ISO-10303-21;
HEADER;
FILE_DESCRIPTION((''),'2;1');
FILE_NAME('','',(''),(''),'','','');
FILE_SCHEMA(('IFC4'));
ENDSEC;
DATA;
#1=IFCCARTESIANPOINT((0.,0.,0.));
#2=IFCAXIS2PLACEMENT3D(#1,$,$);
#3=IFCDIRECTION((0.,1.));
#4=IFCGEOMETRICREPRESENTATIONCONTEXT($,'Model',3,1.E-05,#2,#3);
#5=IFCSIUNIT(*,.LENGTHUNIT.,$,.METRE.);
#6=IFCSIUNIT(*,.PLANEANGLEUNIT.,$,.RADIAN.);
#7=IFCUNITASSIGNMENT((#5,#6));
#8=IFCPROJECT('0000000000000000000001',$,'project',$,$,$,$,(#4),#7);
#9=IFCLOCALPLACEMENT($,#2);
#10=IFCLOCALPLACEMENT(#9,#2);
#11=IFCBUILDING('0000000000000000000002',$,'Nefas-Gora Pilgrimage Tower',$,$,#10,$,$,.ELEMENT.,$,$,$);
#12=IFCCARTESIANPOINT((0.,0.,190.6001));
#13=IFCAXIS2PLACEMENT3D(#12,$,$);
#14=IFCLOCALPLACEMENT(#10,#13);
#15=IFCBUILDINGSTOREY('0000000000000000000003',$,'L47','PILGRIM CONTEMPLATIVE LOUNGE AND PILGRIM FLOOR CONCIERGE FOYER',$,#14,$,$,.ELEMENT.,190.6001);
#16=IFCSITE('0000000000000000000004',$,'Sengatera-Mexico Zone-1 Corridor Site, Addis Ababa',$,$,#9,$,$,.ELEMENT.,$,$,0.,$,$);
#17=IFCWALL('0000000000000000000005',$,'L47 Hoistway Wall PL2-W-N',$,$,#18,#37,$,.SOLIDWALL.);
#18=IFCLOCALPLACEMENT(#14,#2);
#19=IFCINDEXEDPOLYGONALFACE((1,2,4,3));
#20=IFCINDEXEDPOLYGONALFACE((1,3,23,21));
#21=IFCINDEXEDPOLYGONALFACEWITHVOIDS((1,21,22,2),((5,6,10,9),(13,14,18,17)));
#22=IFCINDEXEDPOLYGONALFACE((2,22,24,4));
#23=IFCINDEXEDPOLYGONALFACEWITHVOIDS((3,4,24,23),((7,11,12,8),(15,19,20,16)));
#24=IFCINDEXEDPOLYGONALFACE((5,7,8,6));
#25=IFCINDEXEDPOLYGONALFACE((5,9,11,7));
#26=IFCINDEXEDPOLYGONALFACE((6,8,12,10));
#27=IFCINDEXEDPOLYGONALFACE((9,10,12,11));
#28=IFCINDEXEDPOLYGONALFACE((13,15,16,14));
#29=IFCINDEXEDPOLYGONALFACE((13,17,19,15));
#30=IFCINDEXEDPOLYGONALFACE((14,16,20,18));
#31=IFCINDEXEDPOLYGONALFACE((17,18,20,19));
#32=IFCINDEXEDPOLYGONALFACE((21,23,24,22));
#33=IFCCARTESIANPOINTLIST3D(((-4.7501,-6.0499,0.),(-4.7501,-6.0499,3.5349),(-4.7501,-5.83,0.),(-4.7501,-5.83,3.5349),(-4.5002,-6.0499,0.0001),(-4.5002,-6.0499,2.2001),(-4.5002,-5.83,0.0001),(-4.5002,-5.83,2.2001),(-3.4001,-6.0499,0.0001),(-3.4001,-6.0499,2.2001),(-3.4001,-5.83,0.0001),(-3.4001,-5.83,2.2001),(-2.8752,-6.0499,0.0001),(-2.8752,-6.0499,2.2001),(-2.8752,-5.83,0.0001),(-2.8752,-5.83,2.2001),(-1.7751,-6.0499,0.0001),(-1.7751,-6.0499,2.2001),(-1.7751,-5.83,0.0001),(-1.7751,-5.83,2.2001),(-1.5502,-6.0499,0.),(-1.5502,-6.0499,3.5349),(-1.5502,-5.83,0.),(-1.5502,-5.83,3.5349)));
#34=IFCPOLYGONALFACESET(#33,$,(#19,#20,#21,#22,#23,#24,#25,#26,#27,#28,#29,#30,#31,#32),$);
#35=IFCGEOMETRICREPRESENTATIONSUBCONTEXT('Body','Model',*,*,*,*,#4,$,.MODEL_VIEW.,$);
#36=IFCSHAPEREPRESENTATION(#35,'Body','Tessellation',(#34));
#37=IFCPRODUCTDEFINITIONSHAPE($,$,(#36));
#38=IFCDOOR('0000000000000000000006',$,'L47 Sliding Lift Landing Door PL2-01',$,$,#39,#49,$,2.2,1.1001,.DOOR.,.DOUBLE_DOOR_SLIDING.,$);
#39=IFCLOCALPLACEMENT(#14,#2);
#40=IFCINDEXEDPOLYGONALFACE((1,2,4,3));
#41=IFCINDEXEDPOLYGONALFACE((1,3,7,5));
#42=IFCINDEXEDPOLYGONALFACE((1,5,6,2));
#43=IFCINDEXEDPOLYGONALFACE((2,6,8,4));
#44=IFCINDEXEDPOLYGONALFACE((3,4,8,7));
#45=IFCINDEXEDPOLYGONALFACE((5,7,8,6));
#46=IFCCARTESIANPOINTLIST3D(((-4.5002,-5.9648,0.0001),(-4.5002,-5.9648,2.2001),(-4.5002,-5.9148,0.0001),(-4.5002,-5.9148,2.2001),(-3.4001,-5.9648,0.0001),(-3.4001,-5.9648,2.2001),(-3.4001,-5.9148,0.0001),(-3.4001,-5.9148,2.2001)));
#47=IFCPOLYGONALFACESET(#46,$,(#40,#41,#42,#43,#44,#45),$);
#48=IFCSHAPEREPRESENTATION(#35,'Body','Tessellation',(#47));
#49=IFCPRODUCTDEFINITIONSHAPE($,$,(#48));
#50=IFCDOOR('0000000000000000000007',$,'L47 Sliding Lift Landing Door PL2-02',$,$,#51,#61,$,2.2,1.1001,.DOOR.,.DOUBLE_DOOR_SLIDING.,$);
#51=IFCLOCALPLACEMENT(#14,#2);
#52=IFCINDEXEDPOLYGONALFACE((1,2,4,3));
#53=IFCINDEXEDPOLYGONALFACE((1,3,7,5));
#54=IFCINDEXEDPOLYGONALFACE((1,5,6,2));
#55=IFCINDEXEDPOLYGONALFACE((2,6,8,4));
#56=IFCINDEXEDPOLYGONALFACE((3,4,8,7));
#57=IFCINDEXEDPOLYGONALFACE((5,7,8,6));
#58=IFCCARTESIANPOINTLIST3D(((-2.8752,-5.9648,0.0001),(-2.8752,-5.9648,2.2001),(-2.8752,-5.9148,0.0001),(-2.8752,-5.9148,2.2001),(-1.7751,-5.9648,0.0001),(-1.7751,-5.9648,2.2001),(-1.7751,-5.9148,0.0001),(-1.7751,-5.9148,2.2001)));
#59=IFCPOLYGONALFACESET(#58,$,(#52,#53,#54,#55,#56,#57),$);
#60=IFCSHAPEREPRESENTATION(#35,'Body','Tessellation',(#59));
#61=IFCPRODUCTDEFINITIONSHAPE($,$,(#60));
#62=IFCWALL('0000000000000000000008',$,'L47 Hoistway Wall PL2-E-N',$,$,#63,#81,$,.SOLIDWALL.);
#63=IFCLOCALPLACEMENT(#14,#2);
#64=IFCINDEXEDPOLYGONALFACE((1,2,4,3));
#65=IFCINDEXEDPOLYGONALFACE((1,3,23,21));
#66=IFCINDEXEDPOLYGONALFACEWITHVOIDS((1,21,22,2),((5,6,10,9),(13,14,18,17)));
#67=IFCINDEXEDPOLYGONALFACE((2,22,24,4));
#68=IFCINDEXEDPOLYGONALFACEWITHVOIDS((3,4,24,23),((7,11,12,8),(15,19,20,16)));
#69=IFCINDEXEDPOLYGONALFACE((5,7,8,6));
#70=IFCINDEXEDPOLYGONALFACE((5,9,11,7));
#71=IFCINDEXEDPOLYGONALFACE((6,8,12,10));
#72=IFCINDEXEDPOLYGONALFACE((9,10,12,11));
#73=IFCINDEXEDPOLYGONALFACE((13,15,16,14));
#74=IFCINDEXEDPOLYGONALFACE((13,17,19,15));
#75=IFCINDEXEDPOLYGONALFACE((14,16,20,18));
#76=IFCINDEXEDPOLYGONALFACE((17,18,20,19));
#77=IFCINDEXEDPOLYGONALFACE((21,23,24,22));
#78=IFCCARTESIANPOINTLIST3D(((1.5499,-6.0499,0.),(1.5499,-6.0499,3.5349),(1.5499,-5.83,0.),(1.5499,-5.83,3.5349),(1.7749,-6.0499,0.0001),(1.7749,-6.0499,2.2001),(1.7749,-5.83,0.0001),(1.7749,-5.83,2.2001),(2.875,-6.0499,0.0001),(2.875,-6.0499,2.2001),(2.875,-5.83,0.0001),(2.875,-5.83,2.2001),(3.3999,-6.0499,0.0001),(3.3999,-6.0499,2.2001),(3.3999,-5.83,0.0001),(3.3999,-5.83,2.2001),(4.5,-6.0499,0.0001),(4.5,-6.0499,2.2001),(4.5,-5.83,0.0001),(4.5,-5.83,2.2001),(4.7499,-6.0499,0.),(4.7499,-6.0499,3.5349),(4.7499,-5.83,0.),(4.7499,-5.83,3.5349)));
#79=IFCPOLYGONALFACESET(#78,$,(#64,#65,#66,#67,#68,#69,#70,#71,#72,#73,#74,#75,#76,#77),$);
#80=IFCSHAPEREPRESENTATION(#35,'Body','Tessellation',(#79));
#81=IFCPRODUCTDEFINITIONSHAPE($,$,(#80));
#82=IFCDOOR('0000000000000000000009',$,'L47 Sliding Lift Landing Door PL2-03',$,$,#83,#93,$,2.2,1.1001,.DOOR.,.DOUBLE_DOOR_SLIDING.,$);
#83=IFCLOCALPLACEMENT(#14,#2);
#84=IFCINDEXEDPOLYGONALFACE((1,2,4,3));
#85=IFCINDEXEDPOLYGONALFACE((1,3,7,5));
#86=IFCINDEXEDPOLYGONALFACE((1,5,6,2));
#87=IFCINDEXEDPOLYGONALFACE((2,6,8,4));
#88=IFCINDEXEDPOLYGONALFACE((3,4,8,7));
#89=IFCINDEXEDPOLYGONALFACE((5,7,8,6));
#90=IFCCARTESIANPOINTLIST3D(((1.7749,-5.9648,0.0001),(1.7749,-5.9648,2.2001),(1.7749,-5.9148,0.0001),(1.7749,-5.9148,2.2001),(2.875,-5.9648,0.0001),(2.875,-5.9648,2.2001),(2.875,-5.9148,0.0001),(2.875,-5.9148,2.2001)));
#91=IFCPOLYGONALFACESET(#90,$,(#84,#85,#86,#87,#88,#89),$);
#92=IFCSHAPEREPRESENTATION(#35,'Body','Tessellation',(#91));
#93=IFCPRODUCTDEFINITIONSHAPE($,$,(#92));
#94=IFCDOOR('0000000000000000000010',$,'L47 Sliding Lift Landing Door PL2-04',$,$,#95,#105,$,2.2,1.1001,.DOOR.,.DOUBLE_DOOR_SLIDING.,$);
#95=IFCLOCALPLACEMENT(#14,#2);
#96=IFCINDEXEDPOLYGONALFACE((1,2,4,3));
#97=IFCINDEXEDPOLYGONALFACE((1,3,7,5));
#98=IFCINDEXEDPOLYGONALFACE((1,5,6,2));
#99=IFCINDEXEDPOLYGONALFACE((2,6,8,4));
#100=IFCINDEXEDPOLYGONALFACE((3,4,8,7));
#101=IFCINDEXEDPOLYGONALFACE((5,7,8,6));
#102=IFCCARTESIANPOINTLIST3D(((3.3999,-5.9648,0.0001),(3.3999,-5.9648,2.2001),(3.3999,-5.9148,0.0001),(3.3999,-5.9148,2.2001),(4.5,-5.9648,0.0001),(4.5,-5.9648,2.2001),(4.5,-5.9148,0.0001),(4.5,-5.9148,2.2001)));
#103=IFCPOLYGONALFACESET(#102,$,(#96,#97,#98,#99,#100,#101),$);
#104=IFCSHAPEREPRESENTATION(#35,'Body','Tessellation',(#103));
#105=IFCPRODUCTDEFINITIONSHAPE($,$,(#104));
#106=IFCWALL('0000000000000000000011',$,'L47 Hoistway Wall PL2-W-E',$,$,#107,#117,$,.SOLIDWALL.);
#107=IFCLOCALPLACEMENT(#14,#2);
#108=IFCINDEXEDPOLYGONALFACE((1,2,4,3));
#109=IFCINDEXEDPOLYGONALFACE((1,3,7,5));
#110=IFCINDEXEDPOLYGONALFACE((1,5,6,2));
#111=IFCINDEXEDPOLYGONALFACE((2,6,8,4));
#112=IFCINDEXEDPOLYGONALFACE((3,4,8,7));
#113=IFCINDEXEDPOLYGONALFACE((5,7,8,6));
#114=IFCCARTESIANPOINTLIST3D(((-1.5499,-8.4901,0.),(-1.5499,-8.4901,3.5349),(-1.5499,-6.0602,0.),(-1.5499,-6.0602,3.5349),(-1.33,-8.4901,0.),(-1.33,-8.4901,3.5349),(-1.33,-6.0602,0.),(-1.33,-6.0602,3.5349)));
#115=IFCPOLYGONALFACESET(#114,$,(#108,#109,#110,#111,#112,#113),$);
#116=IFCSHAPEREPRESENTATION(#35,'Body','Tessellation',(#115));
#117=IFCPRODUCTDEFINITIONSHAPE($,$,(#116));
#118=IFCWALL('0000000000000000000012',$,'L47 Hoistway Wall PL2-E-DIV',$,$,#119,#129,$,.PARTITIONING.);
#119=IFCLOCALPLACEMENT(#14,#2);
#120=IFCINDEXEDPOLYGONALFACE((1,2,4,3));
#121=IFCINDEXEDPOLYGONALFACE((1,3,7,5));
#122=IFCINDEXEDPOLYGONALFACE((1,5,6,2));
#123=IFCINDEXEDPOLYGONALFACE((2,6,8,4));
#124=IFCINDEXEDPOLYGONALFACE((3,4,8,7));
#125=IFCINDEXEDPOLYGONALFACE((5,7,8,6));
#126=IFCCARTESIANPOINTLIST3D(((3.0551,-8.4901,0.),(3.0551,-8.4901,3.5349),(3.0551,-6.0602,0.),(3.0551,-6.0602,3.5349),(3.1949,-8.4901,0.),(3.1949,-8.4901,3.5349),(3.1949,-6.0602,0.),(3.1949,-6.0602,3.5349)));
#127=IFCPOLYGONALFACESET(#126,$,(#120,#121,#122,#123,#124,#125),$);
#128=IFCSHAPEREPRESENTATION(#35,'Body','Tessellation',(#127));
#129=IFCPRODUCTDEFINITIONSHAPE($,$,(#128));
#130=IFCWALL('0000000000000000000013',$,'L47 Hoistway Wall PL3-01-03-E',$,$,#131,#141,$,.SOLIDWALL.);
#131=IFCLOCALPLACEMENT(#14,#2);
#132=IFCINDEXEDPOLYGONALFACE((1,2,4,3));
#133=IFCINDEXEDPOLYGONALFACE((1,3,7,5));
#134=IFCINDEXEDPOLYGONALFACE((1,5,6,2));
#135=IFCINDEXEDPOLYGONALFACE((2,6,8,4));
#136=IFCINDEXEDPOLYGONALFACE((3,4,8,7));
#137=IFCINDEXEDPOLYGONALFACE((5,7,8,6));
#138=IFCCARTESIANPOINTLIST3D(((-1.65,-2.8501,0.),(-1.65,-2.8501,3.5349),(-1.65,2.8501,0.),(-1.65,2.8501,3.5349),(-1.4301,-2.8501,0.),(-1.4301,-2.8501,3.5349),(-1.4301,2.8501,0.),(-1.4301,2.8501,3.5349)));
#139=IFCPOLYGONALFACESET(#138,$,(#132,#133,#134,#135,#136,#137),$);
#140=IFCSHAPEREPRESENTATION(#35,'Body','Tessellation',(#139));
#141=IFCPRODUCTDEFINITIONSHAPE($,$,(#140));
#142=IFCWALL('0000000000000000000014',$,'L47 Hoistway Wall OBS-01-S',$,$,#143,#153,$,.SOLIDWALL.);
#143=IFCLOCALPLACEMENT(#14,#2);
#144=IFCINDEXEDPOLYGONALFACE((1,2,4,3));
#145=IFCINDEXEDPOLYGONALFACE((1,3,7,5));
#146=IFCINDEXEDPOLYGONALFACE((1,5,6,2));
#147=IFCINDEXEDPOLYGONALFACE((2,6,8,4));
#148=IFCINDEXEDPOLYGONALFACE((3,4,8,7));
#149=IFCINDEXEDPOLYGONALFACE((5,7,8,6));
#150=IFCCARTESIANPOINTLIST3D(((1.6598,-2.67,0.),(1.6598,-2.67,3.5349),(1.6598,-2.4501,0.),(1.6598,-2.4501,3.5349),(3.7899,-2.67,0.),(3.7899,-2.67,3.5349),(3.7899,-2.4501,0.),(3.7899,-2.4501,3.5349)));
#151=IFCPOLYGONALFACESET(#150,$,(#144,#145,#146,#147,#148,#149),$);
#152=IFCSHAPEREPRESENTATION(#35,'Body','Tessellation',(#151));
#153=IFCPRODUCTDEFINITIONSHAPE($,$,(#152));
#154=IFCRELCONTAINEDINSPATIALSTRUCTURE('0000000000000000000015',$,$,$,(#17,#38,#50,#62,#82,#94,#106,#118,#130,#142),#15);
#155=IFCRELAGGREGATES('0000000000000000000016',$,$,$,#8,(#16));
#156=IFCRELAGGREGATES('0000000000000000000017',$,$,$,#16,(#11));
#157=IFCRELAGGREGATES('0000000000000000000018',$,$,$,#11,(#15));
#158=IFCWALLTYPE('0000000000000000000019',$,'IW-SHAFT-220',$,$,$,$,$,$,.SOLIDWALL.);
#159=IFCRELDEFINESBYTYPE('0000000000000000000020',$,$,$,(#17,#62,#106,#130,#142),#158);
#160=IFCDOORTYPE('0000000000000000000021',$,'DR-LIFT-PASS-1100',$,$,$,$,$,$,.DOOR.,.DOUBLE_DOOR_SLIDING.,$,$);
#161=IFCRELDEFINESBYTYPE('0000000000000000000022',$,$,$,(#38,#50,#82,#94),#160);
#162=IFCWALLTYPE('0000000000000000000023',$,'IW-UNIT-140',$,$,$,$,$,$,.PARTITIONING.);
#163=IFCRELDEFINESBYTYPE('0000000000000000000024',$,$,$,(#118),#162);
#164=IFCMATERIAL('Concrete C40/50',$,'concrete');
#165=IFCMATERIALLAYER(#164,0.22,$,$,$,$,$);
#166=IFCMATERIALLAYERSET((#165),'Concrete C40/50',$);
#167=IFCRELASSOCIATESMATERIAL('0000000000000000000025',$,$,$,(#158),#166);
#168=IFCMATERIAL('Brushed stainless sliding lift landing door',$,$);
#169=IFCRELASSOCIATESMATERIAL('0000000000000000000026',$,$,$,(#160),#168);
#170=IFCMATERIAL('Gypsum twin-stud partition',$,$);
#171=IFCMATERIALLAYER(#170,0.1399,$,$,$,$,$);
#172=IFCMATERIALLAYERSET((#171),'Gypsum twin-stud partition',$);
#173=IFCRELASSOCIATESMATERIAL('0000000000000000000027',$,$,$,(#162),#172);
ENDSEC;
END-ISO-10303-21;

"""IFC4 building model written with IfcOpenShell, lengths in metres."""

from ifc_helpers import new_model, si_unit, direction, frame, frame_2d, origin, place, context, subcontext, project, spatial, rectangle, extrude, source, transform, mapped, material, layer, layer_set, type_object, element, fill, save


model = new_model("IFC4")

# Units and contexts
model_context = context("Model", 3, precision=1e-05, world=origin(), true_north=direction((0.0, 1.0)))
body_context = subcontext(model_context, "Body", "Model", "MODEL_VIEW")
ifc_project = project(units=[si_unit("LENGTHUNIT", "METRE"), si_unit("PLANEANGLEUNIT", "RADIAN")], contexts=[model_context])

# Site, building, storey
site_placement = place(None, origin())
site = spatial("IfcSite", under=ifc_project, at=site_placement, Name="Sengatera-Mexico Zone-1 Corridor Site, Addis Ababa", CompositionType="ELEMENT", RefElevation=0.0)
building_placement = place(site_placement, origin())
building = spatial("IfcBuilding", under=site, at=building_placement, Name="Nefas-Gora Pilgrimage Tower", CompositionType="ELEMENT")
storey_placement = place(building_placement, frame((0.0, 0.0, 190.6001)))
storey = spatial("IfcBuildingStorey", under=building, at=storey_placement, Name="L47", Description="PILGRIM CONTEMPLATIVE LOUNGE AND PILGRIM FLOOR CONCIERGE FOYER", CompositionType="ELEMENT", Elevation=190.6001)

# Shared definitions
ifc_material_1 = material(Name="Concrete C40/50", Category="concrete")

# Shared definitions
ifc_layer_1 = layer(ifc_material_1, 0.22)
ifc_layer_set_1 = layer_set([ifc_layer_1], Name="Concrete C40/50")
wall_type_1 = type_object("IfcWallType", Name="IW-SHAFT-220", PredefinedType="SOLIDWALL", material=ifc_layer_set_1)

# Walls, openings, doors
shared_shape_1 = source(origin(), body_context, "Body", "SweptSolid", [
    extrude(rectangle(XDim=3.2, YDim=0.22, at=frame_2d((1.6001, 0.0))), origin(), (0.0, 0.0, 1.0), 3.5349),
])
wall_1_placement = place(storey_placement, frame((-1.55, -5.9399, 0.0), z_axis=(0.0, 0.0, 1.0), x_axis=(-1.0, 0.0, 0.0)))
wall_1 = element("IfcWall", 1, at=wall_1_placement, inside=storey, type_object=wall_type_1, Name="L47 Hoistway Wall PL2-W-N", PredefinedType="SOLIDWALL", context=body_context, shape_type="MappedRepresentation", body=[
    mapped(shared_shape_1, transform((0.0, 0.0, 0.0), x_axis=(1.0, 0.0, 0.0), y_axis=(0.0, 1.0, 0.0), z_axis=(0.0, 0.0, 1.0), scale=1.0)),
])
opening_1_placement = place(wall_1_placement, frame((1.8501, 0.0, 0.0)))
opening_1 = element("IfcOpeningElement", 2, at=opening_1_placement, cuts=wall_1, PredefinedType="OPENING", context=body_context, shape_type="SweptSolid", body=[
    extrude(rectangle(XDim=1.1001, YDim=2.2, at=frame_2d((0.55, 1.1001))), frame((0.0, 0.1199, 0.0), z_axis=(0.0, -1.0, 0.0), x_axis=(1.0, 0.0, 0.0)), (0.0, 0.0, 1.0), 0.24),
])
opening_2_placement = place(wall_1_placement, frame((0.2251, 0.0, 0.0)))
opening_2 = element("IfcOpeningElement", 3, at=opening_2_placement, cuts=wall_1, PredefinedType="OPENING", context=body_context, shape_type="SweptSolid", body=[
    extrude(rectangle(XDim=1.1001, YDim=2.2, at=frame_2d((0.55, 1.1001))), frame((0.0, 0.1199, 0.0), z_axis=(0.0, -1.0, 0.0), x_axis=(1.0, 0.0, 0.0)), (0.0, 0.0, 1.0), 0.24),
])
ifc_material_2 = material(Name="Brushed stainless sliding lift landing door")
door_type_1 = type_object("IfcDoorType", Name="DR-LIFT-PASS-1100", OperationType="DOUBLE_DOOR_SLIDING", PredefinedType="DOOR", material=ifc_material_2)
shared_shape_2 = source(origin(), body_context, "Body", "SweptSolid", [
    extrude(rectangle(XDim=1.1001, YDim=2.2, at=frame_2d((0.55, 1.1001))), frame((0.0, 0.0249, 0.0), z_axis=(0.0, -1.0, 0.0), x_axis=(1.0, 0.0, 0.0)), (0.0, 0.0, 1.0), 0.05),
])
door_1_placement = place(opening_1_placement, origin())
door_1 = element("IfcDoor", 4, at=door_1_placement, inside=storey, type_object=door_type_1, Name="L47 Sliding Lift Landing Door PL2-01", OperationType="DOUBLE_DOOR_SLIDING", OverallHeight=2.2, OverallWidth=1.1001, PredefinedType="DOOR", context=body_context, shape_type="MappedRepresentation", body=[
    mapped(shared_shape_2, transform((0.0, 0.0, 0.0), x_axis=(1.0, 0.0, 0.0), y_axis=(0.0, 1.0, 0.0), z_axis=(0.0, 0.0, 1.0), scale=1.0)),
])
fill(opening_1, door_1)
door_2_placement = place(opening_2_placement, origin())
door_2 = element("IfcDoor", 5, at=door_2_placement, inside=storey, type_object=door_type_1, Name="L47 Sliding Lift Landing Door PL2-02", OperationType="DOUBLE_DOOR_SLIDING", OverallHeight=2.2, OverallWidth=1.1001, PredefinedType="DOOR", context=body_context, shape_type="MappedRepresentation", body=[
    mapped(shared_shape_2, transform((0.0, 0.0, 0.0), x_axis=(1.0, 0.0, 0.0), y_axis=(0.0, 1.0, 0.0), z_axis=(0.0, 0.0, 1.0), scale=1.0)),
])
fill(opening_2, door_2)
wall_2_placement = place(storey_placement, frame((4.75, -5.9399, 0.0), z_axis=(0.0, 0.0, 1.0), x_axis=(-1.0, 0.0, 0.0)))
wall_2 = element("IfcWall", 6, at=wall_2_placement, inside=storey, type_object=wall_type_1, Name="L47 Hoistway Wall PL2-E-N", PredefinedType="SOLIDWALL", context=body_context, shape_type="MappedRepresentation", body=[
    mapped(shared_shape_1, transform((0.0, 0.0, 0.0), x_axis=(1.0, 0.0, 0.0), y_axis=(0.0, 1.0, 0.0), z_axis=(0.0, 0.0, 1.0), scale=1.0)),
])
opening_3_placement = place(wall_2_placement, frame((1.875, 0.0, 0.0)))
opening_3 = element("IfcOpeningElement", 7, at=opening_3_placement, cuts=wall_2, PredefinedType="OPENING", context=body_context, shape_type="SweptSolid", body=[
    extrude(rectangle(XDim=1.1001, YDim=2.2, at=frame_2d((0.55, 1.1001))), frame((0.0, 0.1199, 0.0), z_axis=(0.0, -1.0, 0.0), x_axis=(1.0, 0.0, 0.0)), (0.0, 0.0, 1.0), 0.24),
])
opening_4_placement = place(wall_2_placement, frame((0.25, 0.0, 0.0)))
opening_4 = element("IfcOpeningElement", 8, at=opening_4_placement, cuts=wall_2, PredefinedType="OPENING", context=body_context, shape_type="SweptSolid", body=[
    extrude(rectangle(XDim=1.1001, YDim=2.2, at=frame_2d((0.55, 1.1001))), frame((0.0, 0.1199, 0.0), z_axis=(0.0, -1.0, 0.0), x_axis=(1.0, 0.0, 0.0)), (0.0, 0.0, 1.0), 0.24),
])
door_3_placement = place(opening_3_placement, origin())
door_3 = element("IfcDoor", 9, at=door_3_placement, inside=storey, type_object=door_type_1, Name="L47 Sliding Lift Landing Door PL2-03", OperationType="DOUBLE_DOOR_SLIDING", OverallHeight=2.2, OverallWidth=1.1001, PredefinedType="DOOR", context=body_context, shape_type="MappedRepresentation", body=[
    mapped(shared_shape_2, transform((0.0, 0.0, 0.0), x_axis=(1.0, 0.0, 0.0), y_axis=(0.0, 1.0, 0.0), z_axis=(0.0, 0.0, 1.0), scale=1.0)),
])
fill(opening_3, door_3)
door_4_placement = place(opening_4_placement, origin())
door_4 = element("IfcDoor", 10, at=door_4_placement, inside=storey, type_object=door_type_1, Name="L47 Sliding Lift Landing Door PL2-04", OperationType="DOUBLE_DOOR_SLIDING", OverallHeight=2.2, OverallWidth=1.1001, PredefinedType="DOOR", context=body_context, shape_type="MappedRepresentation", body=[
    mapped(shared_shape_2, transform((0.0, 0.0, 0.0), x_axis=(1.0, 0.0, 0.0), y_axis=(0.0, 1.0, 0.0), z_axis=(0.0, 0.0, 1.0), scale=1.0)),
])
fill(opening_4, door_4)

# Walls
shared_shape_3 = source(origin(), body_context, "Body", "SweptSolid", [
    extrude(rectangle(XDim=2.4299, YDim=0.22, at=frame_2d((1.2148, 0.0))), origin(), (0.0, 0.0, 1.0), 3.5349),
])
for number, where, z_axis, x_axis, name in (
    (11, (-1.4399, -8.49, 0.0), (0.0, 0.0, 1.0), (0.0, 1.0, 0.0), "L47 Hoistway Wall PL2-W-E"),
):
    element("IfcWall", number, at=place(storey_placement, frame(where, z_axis=z_axis, x_axis=x_axis)), inside=storey, type_object=wall_type_1, Name=name, PredefinedType="SOLIDWALL", context=body_context, shape_type="MappedRepresentation", body=[
        mapped(shared_shape_3, transform((0.0, 0.0, 0.0), x_axis=(1.0, 0.0, 0.0), y_axis=(0.0, 1.0, 0.0), z_axis=(0.0, 0.0, 1.0), scale=1.0)),
    ])
ifc_material_3 = material(Name="Gypsum twin-stud partition")
ifc_layer_2 = layer(ifc_material_3, 0.1399)
ifc_layer_set_2 = layer_set([ifc_layer_2], Name="Gypsum twin-stud partition")
wall_type_2 = type_object("IfcWallType", Name="IW-UNIT-140", PredefinedType="PARTITIONING", material=ifc_layer_set_2)
shared_shape_4 = source(origin(), body_context, "Body", "SweptSolid", [
    extrude(rectangle(XDim=2.4299, YDim=0.1399, at=frame_2d((1.2148, 0.0))), origin(), (0.0, 0.0, 1.0), 3.5349),
])
wall_3_placement = place(storey_placement, frame((3.125, -8.49, 0.0), z_axis=(0.0, 0.0, 1.0), x_axis=(0.0, 1.0, 0.0)))
element("IfcWall", 12, at=wall_3_placement, inside=storey, type_object=wall_type_2, Name="L47 Hoistway Wall PL2-E-DIV", PredefinedType="PARTITIONING", context=body_context, shape_type="MappedRepresentation", body=[
    mapped(shared_shape_4, transform((0.0, 0.0, 0.0), x_axis=(1.0, 0.0, 0.0), y_axis=(0.0, 1.0, 0.0), z_axis=(0.0, 0.0, 1.0), scale=1.0)),
])
shared_shape_5 = source(origin(), body_context, "Body", "SweptSolid", [
    extrude(rectangle(XDim=5.7002, YDim=0.22, at=frame_2d((2.8501, 0.0))), origin(), (0.0, 0.0, 1.0), 3.5349),
])
wall_4_placement = place(storey_placement, frame((-1.54, -2.8501, 0.0), z_axis=(0.0, 0.0, 1.0), x_axis=(0.0, 1.0, 0.0)))
element("IfcWall", 13, at=wall_4_placement, inside=storey, type_object=wall_type_1, Name="L47 Hoistway Wall PL3-01-03-E", PredefinedType="SOLIDWALL", context=body_context, shape_type="MappedRepresentation", body=[
    mapped(shared_shape_5, transform((0.0, 0.0, 0.0), x_axis=(1.0, 0.0, 0.0), y_axis=(0.0, 1.0, 0.0), z_axis=(0.0, 0.0, 1.0), scale=1.0)),
])
shared_shape_6 = source(origin(), body_context, "Body", "SweptSolid", [
    extrude(rectangle(XDim=2.1301, YDim=0.22, at=frame_2d((1.0649, 0.0))), origin(), (0.0, 0.0, 1.0), 3.5349),
])
wall_5_placement = place(storey_placement, frame((1.6599, -2.5601, 0.0), z_axis=(0.0, 0.0, 1.0), x_axis=(1.0, 0.0, 0.0)))
element("IfcWall", 14, at=wall_5_placement, inside=storey, type_object=wall_type_1, Name="L47 Hoistway Wall OBS-01-S", PredefinedType="SOLIDWALL", context=body_context, shape_type="MappedRepresentation", body=[
    mapped(shared_shape_6, transform((0.0, 0.0, 0.0), x_axis=(1.0, 0.0, 0.0), y_axis=(0.0, 1.0, 0.0), z_axis=(0.0, 0.0, 1.0), scale=1.0)),
])

save(model, "model.ifc")
